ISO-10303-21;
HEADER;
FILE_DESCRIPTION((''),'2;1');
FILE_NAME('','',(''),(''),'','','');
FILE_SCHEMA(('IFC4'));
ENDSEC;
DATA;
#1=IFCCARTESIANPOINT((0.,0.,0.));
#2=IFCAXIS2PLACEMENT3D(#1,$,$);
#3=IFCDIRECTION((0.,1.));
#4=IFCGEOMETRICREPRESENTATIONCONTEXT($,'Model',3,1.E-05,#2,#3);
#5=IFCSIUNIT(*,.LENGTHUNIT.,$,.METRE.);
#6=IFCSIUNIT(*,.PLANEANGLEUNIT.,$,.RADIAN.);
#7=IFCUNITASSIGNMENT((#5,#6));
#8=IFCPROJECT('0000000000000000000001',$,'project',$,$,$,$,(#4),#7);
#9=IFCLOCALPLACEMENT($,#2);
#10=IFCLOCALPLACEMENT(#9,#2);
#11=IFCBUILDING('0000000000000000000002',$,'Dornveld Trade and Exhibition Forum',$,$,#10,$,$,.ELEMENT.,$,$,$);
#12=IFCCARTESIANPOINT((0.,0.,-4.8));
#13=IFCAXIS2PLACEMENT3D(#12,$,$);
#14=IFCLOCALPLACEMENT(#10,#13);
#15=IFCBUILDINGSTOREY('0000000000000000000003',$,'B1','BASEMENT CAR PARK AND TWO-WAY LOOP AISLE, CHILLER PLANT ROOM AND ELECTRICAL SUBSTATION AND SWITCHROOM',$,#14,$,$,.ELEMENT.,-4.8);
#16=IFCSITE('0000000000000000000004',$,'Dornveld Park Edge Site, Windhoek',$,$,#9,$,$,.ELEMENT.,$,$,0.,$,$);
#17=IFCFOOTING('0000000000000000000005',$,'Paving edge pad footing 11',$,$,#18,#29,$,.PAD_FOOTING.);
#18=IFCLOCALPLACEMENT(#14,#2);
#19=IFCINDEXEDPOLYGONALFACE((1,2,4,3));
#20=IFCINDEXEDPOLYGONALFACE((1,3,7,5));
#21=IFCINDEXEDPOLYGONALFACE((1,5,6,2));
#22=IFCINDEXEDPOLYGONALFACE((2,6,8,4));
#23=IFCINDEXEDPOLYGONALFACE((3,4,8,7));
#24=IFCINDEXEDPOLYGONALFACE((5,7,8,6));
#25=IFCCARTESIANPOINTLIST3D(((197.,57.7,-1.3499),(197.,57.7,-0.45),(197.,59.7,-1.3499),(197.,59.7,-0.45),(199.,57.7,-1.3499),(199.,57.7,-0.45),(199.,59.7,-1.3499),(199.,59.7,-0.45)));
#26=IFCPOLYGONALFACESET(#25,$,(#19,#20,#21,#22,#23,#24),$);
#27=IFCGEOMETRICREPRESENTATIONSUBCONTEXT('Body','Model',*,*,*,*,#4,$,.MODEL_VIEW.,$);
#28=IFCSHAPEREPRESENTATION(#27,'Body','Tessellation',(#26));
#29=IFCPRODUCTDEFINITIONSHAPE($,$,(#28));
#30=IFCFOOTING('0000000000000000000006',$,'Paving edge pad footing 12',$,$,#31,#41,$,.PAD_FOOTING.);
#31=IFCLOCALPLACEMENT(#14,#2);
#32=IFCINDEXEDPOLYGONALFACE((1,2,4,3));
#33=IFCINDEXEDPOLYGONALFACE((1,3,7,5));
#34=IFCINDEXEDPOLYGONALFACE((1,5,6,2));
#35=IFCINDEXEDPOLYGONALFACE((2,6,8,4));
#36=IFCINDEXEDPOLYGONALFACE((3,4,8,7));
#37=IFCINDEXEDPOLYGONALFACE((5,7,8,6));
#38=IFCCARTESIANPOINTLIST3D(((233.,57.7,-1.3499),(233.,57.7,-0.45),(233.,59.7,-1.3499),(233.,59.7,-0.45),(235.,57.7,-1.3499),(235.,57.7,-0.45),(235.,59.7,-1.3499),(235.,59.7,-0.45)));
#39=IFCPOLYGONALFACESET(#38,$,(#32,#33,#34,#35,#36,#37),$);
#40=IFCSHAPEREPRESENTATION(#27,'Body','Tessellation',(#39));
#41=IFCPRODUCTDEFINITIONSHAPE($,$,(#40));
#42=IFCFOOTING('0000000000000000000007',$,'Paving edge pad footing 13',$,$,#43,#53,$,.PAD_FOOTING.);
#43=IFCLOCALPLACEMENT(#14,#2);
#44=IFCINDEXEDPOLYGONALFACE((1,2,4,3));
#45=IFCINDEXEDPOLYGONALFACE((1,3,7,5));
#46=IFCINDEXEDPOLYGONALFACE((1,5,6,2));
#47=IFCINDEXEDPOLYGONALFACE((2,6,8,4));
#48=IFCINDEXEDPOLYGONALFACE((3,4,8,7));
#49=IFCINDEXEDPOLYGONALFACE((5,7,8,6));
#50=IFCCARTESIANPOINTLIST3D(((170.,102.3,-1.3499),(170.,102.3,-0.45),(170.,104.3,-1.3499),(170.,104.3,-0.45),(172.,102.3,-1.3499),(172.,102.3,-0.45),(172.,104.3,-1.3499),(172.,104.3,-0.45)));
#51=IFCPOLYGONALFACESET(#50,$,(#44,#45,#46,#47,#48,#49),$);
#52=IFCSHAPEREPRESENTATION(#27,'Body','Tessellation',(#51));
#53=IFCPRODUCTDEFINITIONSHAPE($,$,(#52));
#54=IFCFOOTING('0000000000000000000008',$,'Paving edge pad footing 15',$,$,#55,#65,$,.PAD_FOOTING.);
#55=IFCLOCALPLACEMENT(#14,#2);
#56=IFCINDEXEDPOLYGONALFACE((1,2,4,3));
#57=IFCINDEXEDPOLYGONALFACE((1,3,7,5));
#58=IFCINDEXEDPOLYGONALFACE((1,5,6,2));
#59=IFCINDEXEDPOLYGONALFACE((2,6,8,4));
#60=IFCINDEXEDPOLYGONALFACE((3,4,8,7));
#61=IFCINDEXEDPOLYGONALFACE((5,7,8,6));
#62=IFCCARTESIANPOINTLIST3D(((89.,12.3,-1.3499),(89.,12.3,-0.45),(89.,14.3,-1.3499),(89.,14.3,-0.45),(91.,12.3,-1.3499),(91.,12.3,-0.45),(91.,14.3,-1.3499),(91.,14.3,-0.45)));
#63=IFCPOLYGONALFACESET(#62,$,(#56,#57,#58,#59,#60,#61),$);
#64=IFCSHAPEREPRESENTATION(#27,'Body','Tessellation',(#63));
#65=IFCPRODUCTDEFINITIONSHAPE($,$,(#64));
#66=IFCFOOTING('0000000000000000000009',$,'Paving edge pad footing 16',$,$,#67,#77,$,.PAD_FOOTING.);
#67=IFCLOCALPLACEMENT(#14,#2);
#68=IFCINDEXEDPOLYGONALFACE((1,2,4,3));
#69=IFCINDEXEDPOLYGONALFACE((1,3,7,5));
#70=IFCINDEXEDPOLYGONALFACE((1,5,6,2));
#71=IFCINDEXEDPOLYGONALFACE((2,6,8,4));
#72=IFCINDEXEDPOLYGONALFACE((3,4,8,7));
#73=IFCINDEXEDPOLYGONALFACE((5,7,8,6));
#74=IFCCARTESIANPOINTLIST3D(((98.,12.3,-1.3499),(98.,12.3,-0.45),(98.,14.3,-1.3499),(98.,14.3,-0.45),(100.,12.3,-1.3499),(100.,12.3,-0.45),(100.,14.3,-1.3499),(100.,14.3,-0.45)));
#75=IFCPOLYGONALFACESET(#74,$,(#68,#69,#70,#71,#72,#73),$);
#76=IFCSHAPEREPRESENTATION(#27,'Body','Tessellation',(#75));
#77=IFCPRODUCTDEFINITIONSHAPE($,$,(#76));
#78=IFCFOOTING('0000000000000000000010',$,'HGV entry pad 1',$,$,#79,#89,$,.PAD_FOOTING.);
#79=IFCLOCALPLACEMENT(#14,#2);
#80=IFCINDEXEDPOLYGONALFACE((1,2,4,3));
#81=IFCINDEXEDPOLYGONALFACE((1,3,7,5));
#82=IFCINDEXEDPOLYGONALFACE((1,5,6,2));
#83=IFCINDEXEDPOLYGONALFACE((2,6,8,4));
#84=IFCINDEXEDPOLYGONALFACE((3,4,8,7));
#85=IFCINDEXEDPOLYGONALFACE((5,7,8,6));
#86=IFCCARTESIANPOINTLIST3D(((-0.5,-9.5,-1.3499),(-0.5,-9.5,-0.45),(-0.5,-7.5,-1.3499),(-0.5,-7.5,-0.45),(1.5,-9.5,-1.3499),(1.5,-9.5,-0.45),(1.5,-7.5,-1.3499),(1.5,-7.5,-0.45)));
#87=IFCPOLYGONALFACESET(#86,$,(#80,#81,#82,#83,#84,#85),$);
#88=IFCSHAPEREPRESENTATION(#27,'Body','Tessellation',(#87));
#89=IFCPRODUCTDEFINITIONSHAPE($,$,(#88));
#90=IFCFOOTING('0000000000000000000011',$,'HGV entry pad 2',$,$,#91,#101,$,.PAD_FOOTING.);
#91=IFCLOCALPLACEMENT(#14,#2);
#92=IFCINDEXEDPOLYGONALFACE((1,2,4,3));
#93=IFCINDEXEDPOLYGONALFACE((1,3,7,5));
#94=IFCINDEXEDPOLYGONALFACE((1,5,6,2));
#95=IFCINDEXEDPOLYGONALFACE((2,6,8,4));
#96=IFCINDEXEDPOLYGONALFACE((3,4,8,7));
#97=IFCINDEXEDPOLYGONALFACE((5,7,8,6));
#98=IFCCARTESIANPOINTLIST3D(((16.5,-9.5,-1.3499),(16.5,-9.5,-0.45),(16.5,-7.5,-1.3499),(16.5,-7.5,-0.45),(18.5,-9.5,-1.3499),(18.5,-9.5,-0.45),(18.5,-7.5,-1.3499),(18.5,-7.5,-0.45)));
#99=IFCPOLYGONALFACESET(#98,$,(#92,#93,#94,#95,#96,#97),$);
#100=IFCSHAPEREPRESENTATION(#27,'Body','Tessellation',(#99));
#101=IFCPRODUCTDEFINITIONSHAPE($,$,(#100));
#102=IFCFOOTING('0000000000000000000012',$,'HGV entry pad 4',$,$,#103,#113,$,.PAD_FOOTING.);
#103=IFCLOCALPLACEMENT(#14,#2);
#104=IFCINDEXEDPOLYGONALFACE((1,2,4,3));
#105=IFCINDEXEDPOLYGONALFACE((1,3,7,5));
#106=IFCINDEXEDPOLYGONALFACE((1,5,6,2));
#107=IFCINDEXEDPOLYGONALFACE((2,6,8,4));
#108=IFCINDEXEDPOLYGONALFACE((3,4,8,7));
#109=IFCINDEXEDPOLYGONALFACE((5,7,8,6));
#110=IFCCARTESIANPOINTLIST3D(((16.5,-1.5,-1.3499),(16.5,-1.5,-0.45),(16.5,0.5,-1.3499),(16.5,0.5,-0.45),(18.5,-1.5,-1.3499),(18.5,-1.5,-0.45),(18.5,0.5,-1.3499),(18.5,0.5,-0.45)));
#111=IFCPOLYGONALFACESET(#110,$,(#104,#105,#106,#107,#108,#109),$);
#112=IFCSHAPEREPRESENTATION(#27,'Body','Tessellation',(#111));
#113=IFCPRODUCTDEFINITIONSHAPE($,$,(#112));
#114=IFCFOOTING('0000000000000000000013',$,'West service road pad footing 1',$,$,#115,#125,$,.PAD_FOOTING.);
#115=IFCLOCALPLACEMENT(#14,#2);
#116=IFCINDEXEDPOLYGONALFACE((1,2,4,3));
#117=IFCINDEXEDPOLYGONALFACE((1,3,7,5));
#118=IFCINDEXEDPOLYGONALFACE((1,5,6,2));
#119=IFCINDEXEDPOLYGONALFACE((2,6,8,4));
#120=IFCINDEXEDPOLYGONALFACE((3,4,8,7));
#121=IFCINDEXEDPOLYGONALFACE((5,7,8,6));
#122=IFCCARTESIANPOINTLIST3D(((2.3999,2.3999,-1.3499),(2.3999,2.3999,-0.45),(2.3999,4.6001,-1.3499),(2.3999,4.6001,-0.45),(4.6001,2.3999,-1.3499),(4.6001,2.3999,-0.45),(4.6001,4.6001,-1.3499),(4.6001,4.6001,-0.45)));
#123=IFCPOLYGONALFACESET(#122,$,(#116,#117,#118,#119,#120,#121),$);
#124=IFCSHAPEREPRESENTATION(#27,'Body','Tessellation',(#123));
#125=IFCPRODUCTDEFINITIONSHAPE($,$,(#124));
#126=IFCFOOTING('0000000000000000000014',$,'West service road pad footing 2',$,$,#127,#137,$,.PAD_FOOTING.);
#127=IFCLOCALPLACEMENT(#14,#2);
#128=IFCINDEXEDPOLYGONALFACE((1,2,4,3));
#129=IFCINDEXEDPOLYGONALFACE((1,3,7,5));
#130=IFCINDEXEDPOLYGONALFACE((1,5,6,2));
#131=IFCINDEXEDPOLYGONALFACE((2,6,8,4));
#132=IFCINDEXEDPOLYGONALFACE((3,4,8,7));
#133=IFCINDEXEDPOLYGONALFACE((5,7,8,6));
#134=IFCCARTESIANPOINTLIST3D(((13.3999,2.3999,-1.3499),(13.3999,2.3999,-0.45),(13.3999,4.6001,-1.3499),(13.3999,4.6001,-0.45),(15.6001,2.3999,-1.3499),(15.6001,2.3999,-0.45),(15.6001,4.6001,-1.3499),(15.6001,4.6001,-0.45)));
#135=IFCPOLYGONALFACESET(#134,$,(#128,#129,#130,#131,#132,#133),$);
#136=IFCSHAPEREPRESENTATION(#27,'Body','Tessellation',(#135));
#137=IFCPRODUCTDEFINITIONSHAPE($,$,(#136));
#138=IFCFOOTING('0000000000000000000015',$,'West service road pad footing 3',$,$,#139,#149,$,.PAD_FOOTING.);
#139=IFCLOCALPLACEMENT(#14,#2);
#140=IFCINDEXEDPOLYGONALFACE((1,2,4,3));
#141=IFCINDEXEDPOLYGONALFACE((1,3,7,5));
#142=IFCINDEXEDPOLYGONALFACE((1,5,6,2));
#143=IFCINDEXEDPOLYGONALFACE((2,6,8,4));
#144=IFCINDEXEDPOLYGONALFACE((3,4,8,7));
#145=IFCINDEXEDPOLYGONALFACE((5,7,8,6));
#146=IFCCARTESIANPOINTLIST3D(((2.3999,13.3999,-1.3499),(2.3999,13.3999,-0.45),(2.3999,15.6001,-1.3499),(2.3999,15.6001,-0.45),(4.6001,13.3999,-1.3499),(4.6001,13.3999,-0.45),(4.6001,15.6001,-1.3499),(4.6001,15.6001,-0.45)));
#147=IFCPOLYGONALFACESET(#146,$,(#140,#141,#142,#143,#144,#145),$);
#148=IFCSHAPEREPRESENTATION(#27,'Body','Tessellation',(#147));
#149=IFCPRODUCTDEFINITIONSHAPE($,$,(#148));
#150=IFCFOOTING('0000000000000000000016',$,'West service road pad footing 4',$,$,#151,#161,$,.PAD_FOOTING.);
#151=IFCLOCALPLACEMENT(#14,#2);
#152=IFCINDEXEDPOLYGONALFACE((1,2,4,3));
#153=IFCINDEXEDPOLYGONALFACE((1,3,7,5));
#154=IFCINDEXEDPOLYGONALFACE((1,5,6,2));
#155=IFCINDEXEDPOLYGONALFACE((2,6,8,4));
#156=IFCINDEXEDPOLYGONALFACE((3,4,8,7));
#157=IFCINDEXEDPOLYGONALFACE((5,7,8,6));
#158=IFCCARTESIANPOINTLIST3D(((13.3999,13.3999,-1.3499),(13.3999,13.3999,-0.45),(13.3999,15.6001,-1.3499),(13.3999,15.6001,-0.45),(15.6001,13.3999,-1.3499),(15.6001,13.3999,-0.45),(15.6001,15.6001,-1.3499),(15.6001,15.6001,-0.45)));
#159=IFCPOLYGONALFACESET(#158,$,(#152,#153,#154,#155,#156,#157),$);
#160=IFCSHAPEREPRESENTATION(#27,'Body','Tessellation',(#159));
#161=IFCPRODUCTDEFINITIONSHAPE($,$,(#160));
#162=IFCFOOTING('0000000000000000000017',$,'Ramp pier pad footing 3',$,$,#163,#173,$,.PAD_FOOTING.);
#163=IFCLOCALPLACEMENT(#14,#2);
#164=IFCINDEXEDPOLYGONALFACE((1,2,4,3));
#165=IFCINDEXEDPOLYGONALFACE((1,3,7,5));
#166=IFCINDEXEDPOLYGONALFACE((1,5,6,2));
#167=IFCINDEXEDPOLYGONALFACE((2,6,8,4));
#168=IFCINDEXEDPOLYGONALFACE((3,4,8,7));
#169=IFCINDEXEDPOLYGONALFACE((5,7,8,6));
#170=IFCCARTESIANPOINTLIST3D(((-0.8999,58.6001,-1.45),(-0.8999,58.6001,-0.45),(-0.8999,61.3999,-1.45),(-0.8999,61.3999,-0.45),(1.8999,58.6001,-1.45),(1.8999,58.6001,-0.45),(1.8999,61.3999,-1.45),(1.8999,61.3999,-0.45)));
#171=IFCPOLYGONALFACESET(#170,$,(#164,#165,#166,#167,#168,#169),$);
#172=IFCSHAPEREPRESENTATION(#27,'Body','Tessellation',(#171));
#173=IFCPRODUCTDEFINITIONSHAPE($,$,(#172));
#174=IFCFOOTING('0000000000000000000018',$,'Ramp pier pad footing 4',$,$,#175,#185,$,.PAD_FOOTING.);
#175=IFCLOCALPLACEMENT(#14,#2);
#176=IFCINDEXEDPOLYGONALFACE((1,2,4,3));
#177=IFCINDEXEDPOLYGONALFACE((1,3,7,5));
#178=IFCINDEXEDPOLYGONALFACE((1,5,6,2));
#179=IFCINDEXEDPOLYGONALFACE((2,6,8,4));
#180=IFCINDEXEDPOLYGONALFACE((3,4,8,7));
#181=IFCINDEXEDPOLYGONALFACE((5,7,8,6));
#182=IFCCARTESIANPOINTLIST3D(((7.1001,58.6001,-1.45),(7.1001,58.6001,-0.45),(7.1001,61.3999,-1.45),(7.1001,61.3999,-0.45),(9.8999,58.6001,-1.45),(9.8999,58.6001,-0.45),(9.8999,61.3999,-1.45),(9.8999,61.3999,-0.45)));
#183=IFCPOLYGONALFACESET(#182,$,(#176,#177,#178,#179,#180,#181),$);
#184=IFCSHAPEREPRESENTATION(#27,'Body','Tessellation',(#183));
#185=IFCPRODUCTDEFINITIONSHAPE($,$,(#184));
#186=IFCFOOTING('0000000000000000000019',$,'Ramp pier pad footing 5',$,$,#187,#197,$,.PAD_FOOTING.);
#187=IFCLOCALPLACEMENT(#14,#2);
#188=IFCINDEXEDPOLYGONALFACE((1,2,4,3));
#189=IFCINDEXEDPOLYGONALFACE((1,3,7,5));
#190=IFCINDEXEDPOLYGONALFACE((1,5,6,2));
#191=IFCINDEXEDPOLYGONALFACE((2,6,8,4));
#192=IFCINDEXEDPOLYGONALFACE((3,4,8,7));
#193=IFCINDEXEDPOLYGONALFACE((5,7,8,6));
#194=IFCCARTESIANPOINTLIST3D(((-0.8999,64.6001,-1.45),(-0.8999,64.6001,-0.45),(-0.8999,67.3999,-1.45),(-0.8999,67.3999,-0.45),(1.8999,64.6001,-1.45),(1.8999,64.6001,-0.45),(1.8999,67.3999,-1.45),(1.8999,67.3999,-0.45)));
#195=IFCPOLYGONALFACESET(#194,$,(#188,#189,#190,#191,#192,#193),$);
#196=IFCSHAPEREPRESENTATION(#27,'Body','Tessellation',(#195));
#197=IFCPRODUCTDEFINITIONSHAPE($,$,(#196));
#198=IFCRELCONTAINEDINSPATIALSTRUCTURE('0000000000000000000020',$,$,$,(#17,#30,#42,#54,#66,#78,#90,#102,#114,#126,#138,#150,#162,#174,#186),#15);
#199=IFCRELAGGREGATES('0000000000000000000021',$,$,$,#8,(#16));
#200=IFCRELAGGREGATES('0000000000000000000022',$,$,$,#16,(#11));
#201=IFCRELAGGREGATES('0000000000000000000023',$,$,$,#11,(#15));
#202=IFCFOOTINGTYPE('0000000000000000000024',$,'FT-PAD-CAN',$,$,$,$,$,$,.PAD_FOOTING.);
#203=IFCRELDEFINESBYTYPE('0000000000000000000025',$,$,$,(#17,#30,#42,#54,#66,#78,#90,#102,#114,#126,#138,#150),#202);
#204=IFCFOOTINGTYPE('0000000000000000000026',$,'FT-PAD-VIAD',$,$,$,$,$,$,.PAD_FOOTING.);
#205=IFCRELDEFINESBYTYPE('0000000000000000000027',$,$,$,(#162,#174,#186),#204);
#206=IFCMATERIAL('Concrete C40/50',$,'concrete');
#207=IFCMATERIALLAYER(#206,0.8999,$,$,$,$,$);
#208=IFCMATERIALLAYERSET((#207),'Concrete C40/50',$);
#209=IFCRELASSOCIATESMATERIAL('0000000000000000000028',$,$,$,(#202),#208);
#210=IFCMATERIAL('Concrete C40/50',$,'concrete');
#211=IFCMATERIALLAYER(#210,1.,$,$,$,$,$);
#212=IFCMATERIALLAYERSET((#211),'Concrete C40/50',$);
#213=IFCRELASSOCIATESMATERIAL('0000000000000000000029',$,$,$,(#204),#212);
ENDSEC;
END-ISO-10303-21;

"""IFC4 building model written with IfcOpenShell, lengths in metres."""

from ifc_helpers import new_model, si_unit, direction, frame, origin, place, context, subcontext, project, spatial, polyline, outline, extrude, material, layer, layer_set, type_object, element, save


model = new_model("IFC4")

# Units and contexts
model_context = context("Model", 3, precision=1e-05, world=origin(), true_north=direction((0.0, 1.0)))
body_context = subcontext(model_context, "Body", "Model", "MODEL_VIEW")
ifc_project = project(units=[si_unit("LENGTHUNIT", "METRE"), si_unit("PLANEANGLEUNIT", "RADIAN")], contexts=[model_context])

# Site, building, storey
site_placement = place(None, origin())
site = spatial("IfcSite", under=ifc_project, at=site_placement, Name="Dornveld Park Edge Site, Windhoek", CompositionType="ELEMENT", RefElevation=0.0)
building_placement = place(site_placement, origin())
building = spatial("IfcBuilding", under=site, at=building_placement, Name="Dornveld Trade and Exhibition Forum", CompositionType="ELEMENT")
storey_placement = place(building_placement, frame((0.0, 0.0, -4.8)))
storey = spatial("IfcBuildingStorey", under=building, at=storey_placement, Name="B1", Description="BASEMENT CAR PARK AND TWO-WAY LOOP AISLE, CHILLER PLANT ROOM AND ELECTRICAL SUBSTATION AND SWITCHROOM", CompositionType="ELEMENT", Elevation=-4.8)

# Footings
ifc_material_1 = material(Name="Concrete C40/50", Category="concrete")
ifc_layer_1 = layer(ifc_material_1, 0.8999)
ifc_layer_set_1 = layer_set([ifc_layer_1], Name="Concrete C40/50")
footing_type_1 = type_object("IfcFootingType", Name="FT-PAD-CAN", PredefinedType="PAD_FOOTING", material=ifc_layer_set_1)
footing_1_placement = place(storey_placement, frame((0.0, 0.0, -1.3499)))
element("IfcFooting", 1, at=footing_1_placement, inside=storey, type_object=footing_type_1, Name="Paving edge pad footing 11", PredefinedType="PAD_FOOTING", context=body_context, shape_type="SweptSolid", body=[
    extrude(outline(polyline([(197.0, 57.7), (199.0, 57.7), (199.0, 59.7), (197.0, 59.7), (197.0, 57.7)])), origin(), (0.0, 0.0, 1.0), 0.8999),
])
footing_2_placement = place(storey_placement, frame((0.0, 0.0, -1.3499)))
element("IfcFooting", 2, at=footing_2_placement, inside=storey, type_object=footing_type_1, Name="Paving edge pad footing 12", PredefinedType="PAD_FOOTING", context=body_context, shape_type="SweptSolid", body=[
    extrude(outline(polyline([(233.0, 57.7), (235.0, 57.7), (235.0, 59.7), (233.0, 59.7), (233.0, 57.7)])), origin(), (0.0, 0.0, 1.0), 0.8999),
])
footing_3_placement = place(storey_placement, frame((0.0, 0.0, -1.3499)))
element("IfcFooting", 3, at=footing_3_placement, inside=storey, type_object=footing_type_1, Name="Paving edge pad footing 13", PredefinedType="PAD_FOOTING", context=body_context, shape_type="SweptSolid", body=[
    extrude(outline(polyline([(170.0, 102.3), (172.0, 102.3), (172.0, 104.3), (170.0, 104.3), (170.0, 102.3)])), origin(), (0.0, 0.0, 1.0), 0.8999),
])
footing_4_placement = place(storey_placement, frame((0.0, 0.0, -1.3499)))
element("IfcFooting", 4, at=footing_4_placement, inside=storey, type_object=footing_type_1, Name="Paving edge pad footing 15", PredefinedType="PAD_FOOTING", context=body_context, shape_type="SweptSolid", body=[
    extrude(outline(polyline([(89.0, 12.3), (91.0, 12.3), (91.0, 14.3), (89.0, 14.3), (89.0, 12.3)])), origin(), (0.0, 0.0, 1.0), 0.8999),
])
footing_5_placement = place(storey_placement, frame((0.0, 0.0, -1.3499)))
element("IfcFooting", 5, at=footing_5_placement, inside=storey, type_object=footing_type_1, Name="Paving edge pad footing 16", PredefinedType="PAD_FOOTING", context=body_context, shape_type="SweptSolid", body=[
    extrude(outline(polyline([(98.0, 12.3), (100.0, 12.3), (100.0, 14.3), (98.0, 14.3), (98.0, 12.3)])), origin(), (0.0, 0.0, 1.0), 0.8999),
])
footing_6_placement = place(storey_placement, frame((0.0, 0.0, -1.3499)))
element("IfcFooting", 6, at=footing_6_placement, inside=storey, type_object=footing_type_1, Name="HGV entry pad 1", PredefinedType="PAD_FOOTING", context=body_context, shape_type="SweptSolid", body=[
    extrude(outline(polyline([(-0.5, -9.5), (1.5, -9.5), (1.5, -7.5), (-0.5, -7.5), (-0.5, -9.5)])), origin(), (0.0, 0.0, 1.0), 0.8999),
])
footing_7_placement = place(storey_placement, frame((0.0, 0.0, -1.3499)))
element("IfcFooting", 7, at=footing_7_placement, inside=storey, type_object=footing_type_1, Name="HGV entry pad 2", PredefinedType="PAD_FOOTING", context=body_context, shape_type="SweptSolid", body=[
    extrude(outline(polyline([(16.5, -9.5), (18.5, -9.5), (18.5, -7.5), (16.5, -7.5), (16.5, -9.5)])), origin(), (0.0, 0.0, 1.0), 0.8999),
])
footing_8_placement = place(storey_placement, frame((0.0, 0.0, -1.3499)))
element("IfcFooting", 8, at=footing_8_placement, inside=storey, type_object=footing_type_1, Name="HGV entry pad 4", PredefinedType="PAD_FOOTING", context=body_context, shape_type="SweptSolid", body=[
    extrude(outline(polyline([(16.5, -1.5), (18.5, -1.5), (18.5, 0.5), (16.5, 0.5), (16.5, -1.5)])), origin(), (0.0, 0.0, 1.0), 0.8999),
])
footing_9_placement = place(storey_placement, frame((0.0, 0.0, -1.3499)))
element("IfcFooting", 9, at=footing_9_placement, inside=storey, type_object=footing_type_1, Name="West service road pad footing 1", PredefinedType="PAD_FOOTING", context=body_context, shape_type="SweptSolid", body=[
    extrude(outline(polyline([(2.3999, 2.3999), (4.6001, 2.3999), (4.6001, 4.6001), (2.3999, 4.6001), (2.3999, 2.3999)])), origin(), (0.0, 0.0, 1.0), 0.8999),
])
footing_10_placement = place(storey_placement, frame((0.0, 0.0, -1.3499)))
element("IfcFooting", 10, at=footing_10_placement, inside=storey, type_object=footing_type_1, Name="West service road pad footing 2", PredefinedType="PAD_FOOTING", context=body_context, shape_type="SweptSolid", body=[
    extrude(outline(polyline([(13.3999, 2.3999), (15.6001, 2.3999), (15.6001, 4.6001), (13.3999, 4.6001), (13.3999, 2.3999)])), origin(), (0.0, 0.0, 1.0), 0.8999),
])
footing_11_placement = place(storey_placement, frame((0.0, 0.0, -1.3499)))
element("IfcFooting", 11, at=footing_11_placement, inside=storey, type_object=footing_type_1, Name="West service road pad footing 3", PredefinedType="PAD_FOOTING", context=body_context, shape_type="SweptSolid", body=[
    extrude(outline(polyline([(2.3999, 13.3999), (4.6001, 13.3999), (4.6001, 15.6001), (2.3999, 15.6001), (2.3999, 13.3999)])), origin(), (0.0, 0.0, 1.0), 0.8999),
])
footing_12_placement = place(storey_placement, frame((0.0, 0.0, -1.3499)))
element("IfcFooting", 12, at=footing_12_placement, inside=storey, type_object=footing_type_1, Name="West service road pad footing 4", PredefinedType="PAD_FOOTING", context=body_context, shape_type="SweptSolid", body=[
    extrude(outline(polyline([(13.3999, 13.3999), (15.6001, 13.3999), (15.6001, 15.6001), (13.3999, 15.6001), (13.3999, 13.3999)])), origin(), (0.0, 0.0, 1.0), 0.8999),
])
ifc_material_2 = material(Name="Concrete C40/50", Category="concrete")
ifc_layer_2 = layer(ifc_material_2, 1.0)
ifc_layer_set_2 = layer_set([ifc_layer_2], Name="Concrete C40/50")
footing_type_2 = type_object("IfcFootingType", Name="FT-PAD-VIAD", PredefinedType="PAD_FOOTING", material=ifc_layer_set_2)
footing_13_placement = place(storey_placement, frame((0.0, 0.0, -1.45)))
element("IfcFooting", 13, at=footing_13_placement, inside=storey, type_object=footing_type_2, Name="Ramp pier pad footing 3", PredefinedType="PAD_FOOTING", context=body_context, shape_type="SweptSolid", body=[
    extrude(outline(polyline([(-0.8999, 58.6001), (1.8999, 58.6001), (1.8999, 61.3999), (-0.8999, 61.3999), (-0.8999, 58.6001)])), origin(), (0.0, 0.0, 1.0), 1.0),
])
footing_14_placement = place(storey_placement, frame((0.0, 0.0, -1.45)))
element("IfcFooting", 14, at=footing_14_placement, inside=storey, type_object=footing_type_2, Name="Ramp pier pad footing 4", PredefinedType="PAD_FOOTING", context=body_context, shape_type="SweptSolid", body=[
    extrude(outline(polyline([(7.1001, 58.6001), (9.8999, 58.6001), (9.8999, 61.3999), (7.1001, 61.3999), (7.1001, 58.6001)])), origin(), (0.0, 0.0, 1.0), 1.0),
])
footing_15_placement = place(storey_placement, frame((0.0, 0.0, -1.45)))
element("IfcFooting", 15, at=footing_15_placement, inside=storey, type_object=footing_type_2, Name="Ramp pier pad footing 5", PredefinedType="PAD_FOOTING", context=body_context, shape_type="SweptSolid", body=[
    extrude(outline(polyline([(-0.8999, 64.6001), (1.8999, 64.6001), (1.8999, 67.3999), (-0.8999, 67.3999), (-0.8999, 64.6001)])), origin(), (0.0, 0.0, 1.0), 1.0),
])

save(model, "model.ifc")
